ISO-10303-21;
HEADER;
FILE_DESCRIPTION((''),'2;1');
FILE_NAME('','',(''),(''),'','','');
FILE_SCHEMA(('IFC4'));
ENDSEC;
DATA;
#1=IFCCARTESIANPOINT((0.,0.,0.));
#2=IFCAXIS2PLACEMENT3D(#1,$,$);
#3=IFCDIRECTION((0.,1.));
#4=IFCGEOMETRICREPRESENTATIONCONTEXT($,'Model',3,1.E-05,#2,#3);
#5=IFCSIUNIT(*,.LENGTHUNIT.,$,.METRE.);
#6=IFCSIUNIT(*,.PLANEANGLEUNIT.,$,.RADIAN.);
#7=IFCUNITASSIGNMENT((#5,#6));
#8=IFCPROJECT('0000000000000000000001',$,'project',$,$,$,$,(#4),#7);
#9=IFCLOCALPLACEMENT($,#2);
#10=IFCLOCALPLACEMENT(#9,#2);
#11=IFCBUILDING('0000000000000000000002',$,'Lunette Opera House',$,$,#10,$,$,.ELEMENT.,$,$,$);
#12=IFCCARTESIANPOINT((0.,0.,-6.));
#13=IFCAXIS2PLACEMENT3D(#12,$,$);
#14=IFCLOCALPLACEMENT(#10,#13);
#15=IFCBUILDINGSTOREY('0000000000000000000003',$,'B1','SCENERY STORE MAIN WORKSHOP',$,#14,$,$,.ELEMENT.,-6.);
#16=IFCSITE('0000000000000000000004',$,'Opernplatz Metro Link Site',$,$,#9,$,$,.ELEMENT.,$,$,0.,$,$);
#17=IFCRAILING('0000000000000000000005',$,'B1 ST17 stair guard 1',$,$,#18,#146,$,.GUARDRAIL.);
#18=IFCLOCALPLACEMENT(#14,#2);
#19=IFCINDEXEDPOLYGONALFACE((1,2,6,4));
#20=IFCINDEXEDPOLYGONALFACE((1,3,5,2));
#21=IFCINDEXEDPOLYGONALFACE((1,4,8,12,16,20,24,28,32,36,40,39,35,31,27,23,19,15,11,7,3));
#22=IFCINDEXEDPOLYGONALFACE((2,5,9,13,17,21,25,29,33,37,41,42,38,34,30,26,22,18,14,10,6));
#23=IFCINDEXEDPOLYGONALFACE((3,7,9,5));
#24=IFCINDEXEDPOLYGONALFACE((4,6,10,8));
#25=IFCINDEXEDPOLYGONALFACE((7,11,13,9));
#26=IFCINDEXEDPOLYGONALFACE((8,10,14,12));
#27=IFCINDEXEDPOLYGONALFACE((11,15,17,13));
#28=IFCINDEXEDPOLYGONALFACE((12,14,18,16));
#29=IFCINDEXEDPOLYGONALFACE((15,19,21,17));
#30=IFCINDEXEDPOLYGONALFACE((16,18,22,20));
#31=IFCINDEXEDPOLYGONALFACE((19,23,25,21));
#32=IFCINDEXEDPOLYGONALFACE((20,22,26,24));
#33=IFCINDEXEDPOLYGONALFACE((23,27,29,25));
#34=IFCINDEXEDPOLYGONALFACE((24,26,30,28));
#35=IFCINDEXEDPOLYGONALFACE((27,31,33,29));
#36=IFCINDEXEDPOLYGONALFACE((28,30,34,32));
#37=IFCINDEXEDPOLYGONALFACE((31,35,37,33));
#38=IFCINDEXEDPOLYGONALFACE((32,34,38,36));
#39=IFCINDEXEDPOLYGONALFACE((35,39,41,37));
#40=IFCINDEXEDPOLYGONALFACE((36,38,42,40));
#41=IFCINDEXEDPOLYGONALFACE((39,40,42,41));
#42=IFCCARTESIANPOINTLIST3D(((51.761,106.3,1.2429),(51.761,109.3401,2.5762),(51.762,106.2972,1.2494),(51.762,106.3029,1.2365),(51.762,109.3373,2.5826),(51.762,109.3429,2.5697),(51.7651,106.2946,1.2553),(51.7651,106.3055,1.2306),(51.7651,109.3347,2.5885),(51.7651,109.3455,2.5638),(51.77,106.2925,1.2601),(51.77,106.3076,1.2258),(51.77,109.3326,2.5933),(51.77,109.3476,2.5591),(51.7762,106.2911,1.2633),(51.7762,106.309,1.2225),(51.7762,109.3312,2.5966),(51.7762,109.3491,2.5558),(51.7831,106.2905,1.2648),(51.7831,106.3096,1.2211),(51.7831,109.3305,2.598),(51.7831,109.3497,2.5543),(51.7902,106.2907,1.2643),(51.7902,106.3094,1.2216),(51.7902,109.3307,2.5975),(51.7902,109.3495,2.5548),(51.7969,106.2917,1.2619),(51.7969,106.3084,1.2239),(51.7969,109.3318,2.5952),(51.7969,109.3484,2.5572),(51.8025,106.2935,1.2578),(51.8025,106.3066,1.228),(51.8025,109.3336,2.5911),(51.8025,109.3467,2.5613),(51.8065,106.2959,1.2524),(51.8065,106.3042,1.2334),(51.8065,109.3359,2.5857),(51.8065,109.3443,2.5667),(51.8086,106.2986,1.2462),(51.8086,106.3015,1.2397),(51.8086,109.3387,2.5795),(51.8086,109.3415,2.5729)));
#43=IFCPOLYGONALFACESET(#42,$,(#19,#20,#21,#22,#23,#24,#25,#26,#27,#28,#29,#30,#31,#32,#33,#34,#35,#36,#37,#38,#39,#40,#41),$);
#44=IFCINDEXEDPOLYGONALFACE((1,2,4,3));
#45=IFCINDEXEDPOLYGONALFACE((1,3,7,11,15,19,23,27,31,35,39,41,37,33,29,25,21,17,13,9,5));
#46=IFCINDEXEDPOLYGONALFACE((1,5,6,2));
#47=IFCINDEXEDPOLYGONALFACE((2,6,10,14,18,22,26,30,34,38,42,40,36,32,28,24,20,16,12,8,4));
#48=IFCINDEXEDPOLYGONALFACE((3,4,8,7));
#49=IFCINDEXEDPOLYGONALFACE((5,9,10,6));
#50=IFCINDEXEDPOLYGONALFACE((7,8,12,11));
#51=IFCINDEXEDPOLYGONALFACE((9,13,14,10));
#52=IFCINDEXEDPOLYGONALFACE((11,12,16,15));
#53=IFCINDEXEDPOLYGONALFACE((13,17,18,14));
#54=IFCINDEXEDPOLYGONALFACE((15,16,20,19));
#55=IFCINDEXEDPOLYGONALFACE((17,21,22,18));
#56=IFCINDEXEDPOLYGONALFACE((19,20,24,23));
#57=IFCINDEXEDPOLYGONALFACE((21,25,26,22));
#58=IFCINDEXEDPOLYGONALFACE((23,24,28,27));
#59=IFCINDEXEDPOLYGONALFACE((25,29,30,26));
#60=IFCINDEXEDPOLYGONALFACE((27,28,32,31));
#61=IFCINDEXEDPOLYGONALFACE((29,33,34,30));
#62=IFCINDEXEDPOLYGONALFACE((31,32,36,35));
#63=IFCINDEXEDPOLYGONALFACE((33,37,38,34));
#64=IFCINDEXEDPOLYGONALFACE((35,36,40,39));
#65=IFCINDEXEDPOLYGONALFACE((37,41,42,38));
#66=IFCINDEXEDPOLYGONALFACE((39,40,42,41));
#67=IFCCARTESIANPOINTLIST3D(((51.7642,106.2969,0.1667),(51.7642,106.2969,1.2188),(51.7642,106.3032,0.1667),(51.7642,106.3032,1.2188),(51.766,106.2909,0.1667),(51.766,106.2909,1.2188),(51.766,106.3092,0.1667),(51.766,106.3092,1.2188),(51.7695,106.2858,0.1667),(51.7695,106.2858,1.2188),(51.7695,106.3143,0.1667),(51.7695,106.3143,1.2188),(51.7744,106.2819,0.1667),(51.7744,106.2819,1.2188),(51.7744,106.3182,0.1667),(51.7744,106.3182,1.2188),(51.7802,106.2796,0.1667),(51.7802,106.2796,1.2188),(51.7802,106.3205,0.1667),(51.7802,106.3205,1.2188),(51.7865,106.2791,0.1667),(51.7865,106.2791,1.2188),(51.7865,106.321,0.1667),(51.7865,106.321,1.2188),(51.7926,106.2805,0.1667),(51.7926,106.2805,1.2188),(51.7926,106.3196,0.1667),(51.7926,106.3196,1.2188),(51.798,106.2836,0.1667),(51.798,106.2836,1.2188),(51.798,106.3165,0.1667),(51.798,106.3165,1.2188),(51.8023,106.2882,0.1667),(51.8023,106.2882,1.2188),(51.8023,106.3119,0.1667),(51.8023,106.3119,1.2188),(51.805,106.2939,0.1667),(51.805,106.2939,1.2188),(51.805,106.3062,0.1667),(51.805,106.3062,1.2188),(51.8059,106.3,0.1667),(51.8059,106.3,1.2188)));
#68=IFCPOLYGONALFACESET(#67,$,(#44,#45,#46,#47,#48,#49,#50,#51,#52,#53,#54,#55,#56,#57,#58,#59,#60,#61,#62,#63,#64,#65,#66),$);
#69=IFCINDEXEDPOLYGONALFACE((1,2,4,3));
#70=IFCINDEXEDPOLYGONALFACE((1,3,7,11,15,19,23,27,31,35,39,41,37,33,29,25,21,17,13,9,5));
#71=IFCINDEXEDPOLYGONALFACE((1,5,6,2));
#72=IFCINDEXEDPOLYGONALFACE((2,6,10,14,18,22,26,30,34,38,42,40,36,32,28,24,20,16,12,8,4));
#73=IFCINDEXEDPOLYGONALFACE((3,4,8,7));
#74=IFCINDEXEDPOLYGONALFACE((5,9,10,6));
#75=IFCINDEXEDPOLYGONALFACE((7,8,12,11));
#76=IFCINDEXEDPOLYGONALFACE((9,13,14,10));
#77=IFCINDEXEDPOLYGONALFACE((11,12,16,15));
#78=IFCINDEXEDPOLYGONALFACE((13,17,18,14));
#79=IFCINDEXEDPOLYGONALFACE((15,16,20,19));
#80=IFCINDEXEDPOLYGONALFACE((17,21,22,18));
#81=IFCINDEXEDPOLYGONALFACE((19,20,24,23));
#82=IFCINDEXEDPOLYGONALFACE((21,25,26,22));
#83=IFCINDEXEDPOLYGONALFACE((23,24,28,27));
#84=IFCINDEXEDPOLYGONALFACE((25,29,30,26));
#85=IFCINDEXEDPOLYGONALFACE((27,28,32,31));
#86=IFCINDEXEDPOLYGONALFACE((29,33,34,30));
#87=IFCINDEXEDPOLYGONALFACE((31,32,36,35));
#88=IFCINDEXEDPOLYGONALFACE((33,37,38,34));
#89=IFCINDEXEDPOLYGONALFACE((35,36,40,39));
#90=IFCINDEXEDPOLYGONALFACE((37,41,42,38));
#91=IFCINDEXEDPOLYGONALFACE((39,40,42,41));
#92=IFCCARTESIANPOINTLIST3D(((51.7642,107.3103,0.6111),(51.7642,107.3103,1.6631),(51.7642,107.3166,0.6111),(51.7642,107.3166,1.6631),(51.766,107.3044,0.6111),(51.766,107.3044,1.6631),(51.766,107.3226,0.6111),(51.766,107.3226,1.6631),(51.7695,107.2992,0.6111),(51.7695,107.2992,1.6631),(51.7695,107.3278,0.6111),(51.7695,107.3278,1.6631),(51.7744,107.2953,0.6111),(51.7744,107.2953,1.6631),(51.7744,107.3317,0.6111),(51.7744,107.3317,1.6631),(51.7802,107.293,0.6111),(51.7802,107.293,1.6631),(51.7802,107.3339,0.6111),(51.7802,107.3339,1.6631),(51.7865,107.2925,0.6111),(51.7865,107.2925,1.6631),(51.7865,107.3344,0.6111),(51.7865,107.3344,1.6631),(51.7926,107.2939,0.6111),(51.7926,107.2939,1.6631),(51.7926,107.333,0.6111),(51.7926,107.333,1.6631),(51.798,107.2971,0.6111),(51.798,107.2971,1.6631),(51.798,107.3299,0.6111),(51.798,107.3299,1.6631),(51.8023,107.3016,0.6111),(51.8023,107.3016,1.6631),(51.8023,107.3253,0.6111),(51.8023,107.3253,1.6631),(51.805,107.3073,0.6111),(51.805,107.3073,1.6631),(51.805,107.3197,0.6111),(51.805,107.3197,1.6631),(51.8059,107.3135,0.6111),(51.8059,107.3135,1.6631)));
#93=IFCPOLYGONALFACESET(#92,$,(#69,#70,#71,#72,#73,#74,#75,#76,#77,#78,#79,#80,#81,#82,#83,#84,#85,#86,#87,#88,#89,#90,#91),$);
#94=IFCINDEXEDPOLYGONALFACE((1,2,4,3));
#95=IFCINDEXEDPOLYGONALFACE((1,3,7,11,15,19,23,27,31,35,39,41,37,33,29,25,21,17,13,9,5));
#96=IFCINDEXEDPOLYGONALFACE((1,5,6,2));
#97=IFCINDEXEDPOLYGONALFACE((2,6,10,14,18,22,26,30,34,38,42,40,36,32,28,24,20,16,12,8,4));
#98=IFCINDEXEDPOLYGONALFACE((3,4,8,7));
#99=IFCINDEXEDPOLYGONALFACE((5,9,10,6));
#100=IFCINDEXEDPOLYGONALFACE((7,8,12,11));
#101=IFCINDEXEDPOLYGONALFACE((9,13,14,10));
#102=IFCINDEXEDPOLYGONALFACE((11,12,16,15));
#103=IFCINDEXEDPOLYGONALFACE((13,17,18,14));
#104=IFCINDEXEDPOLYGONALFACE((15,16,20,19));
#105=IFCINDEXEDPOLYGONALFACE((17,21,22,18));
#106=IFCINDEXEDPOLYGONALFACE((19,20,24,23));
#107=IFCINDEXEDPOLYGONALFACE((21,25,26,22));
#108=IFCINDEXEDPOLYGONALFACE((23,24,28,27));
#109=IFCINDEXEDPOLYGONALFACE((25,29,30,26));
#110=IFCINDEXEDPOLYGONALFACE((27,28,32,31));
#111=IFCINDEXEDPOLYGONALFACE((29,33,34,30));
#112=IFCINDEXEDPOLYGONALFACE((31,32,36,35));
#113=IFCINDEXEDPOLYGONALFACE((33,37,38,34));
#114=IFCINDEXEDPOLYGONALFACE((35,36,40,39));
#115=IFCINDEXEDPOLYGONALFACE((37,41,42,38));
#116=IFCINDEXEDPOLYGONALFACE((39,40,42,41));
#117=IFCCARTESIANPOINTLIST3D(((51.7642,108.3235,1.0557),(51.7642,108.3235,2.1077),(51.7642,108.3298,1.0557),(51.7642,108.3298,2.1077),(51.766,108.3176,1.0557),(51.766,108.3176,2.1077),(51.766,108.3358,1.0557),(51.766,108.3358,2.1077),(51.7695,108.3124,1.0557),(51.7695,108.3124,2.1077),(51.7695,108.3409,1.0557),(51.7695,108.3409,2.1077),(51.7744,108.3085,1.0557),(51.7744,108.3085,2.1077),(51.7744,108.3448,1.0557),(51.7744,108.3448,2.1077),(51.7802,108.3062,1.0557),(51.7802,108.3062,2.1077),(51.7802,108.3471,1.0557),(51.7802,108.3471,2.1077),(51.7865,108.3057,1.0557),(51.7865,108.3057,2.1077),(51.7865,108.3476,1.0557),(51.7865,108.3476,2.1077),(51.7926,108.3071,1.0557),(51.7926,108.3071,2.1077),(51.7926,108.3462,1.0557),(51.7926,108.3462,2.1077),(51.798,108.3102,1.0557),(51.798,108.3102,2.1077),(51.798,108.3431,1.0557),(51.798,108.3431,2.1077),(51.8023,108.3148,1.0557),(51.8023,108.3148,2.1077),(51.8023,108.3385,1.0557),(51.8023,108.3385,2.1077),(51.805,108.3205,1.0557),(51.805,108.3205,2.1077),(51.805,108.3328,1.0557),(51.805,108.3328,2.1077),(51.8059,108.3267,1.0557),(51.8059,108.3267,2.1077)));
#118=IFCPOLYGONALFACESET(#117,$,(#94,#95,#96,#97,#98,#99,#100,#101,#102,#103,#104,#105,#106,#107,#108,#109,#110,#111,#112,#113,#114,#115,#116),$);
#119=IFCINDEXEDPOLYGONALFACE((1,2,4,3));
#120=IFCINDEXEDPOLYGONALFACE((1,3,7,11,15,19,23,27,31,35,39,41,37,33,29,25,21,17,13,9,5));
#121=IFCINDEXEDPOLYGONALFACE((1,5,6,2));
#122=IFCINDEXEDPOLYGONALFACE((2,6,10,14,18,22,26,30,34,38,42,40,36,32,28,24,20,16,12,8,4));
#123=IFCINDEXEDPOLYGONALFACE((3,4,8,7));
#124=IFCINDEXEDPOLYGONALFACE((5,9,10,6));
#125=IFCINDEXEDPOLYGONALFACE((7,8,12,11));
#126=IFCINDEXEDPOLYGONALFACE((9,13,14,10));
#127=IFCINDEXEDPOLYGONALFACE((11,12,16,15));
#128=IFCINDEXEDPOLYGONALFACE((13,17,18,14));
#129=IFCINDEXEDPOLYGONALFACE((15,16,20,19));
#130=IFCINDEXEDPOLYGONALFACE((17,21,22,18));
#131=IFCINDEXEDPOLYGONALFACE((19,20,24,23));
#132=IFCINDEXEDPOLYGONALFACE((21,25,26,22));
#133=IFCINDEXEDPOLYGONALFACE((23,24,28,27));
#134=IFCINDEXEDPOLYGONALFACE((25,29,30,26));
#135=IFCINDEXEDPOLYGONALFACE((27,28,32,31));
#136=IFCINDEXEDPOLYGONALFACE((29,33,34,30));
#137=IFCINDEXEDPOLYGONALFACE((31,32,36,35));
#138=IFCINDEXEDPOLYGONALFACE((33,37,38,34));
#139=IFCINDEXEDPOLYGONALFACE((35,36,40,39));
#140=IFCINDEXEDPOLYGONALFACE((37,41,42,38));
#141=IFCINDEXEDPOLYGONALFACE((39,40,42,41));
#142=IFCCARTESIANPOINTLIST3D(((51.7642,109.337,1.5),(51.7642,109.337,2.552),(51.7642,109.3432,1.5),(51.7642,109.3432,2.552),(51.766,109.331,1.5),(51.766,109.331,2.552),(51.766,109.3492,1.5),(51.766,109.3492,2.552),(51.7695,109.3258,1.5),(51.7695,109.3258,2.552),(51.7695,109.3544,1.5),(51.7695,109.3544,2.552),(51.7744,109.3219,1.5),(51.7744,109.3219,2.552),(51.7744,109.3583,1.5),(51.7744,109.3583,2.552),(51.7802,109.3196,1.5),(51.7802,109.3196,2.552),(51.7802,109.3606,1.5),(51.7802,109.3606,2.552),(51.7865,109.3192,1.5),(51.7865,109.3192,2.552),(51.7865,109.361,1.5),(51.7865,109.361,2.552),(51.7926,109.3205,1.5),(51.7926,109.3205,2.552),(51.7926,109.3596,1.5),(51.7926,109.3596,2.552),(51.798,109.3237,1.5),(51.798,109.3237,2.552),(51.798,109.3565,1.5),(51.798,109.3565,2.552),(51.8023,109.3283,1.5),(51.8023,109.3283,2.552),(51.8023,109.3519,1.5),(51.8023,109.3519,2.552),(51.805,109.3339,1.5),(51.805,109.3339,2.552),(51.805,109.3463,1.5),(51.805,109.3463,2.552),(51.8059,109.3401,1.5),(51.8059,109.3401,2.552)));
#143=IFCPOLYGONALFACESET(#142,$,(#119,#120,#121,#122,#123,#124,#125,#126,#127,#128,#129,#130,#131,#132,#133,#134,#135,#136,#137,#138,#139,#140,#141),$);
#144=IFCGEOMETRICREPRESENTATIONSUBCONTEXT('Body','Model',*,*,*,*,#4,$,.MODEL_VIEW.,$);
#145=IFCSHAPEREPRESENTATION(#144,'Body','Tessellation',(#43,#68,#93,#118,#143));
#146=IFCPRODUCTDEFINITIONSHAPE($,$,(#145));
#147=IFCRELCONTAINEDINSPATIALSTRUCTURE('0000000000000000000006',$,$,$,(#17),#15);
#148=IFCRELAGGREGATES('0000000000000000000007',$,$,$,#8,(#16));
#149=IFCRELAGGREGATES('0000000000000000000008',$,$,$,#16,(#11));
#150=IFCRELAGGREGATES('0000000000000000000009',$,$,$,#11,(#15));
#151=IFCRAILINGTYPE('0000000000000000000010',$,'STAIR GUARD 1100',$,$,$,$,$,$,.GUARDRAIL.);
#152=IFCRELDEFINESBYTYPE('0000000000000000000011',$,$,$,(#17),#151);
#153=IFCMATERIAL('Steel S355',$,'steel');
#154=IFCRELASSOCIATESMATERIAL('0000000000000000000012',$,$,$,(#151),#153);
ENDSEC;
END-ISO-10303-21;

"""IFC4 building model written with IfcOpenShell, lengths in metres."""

from ifc_helpers import new_model, si_unit, direction, frame, origin, origin_2d, place, context, subcontext, project, spatial, circle, extrude, material, type_object, element, save


model = new_model("IFC4")

# Units and contexts
model_context = context("Model", 3, precision=1e-05, world=origin(), true_north=direction((0.0, 1.0)))
body_context = subcontext(model_context, "Body", "Model", "MODEL_VIEW")
ifc_project = project(units=[si_unit("LENGTHUNIT", "METRE"), si_unit("PLANEANGLEUNIT", "RADIAN")], contexts=[model_context])

# Site, building, storey
site_placement = place(None, origin())
site = spatial("IfcSite", under=ifc_project, at=site_placement, Name="Opernplatz Metro Link Site", CompositionType="ELEMENT", RefElevation=0.0)
building_placement = place(site_placement, origin())
building = spatial("IfcBuilding", under=site, at=building_placement, Name="Lunette Opera House", CompositionType="ELEMENT")
storey_placement = place(building_placement, frame((0.0, 0.0, -6.0)))
storey = spatial("IfcBuildingStorey", under=building, at=storey_placement, Name="B1", Description="SCENERY STORE MAIN WORKSHOP", CompositionType="ELEMENT", Elevation=-6.0)

# Railing
ifc_material_1 = material(Name="Steel S355", Category="steel")
railing_type_1 = type_object("IfcRailingType", Name="STAIR GUARD 1100", PredefinedType="GUARDRAIL", material=ifc_material_1)
railing_1_placement = place(storey_placement, frame((51.7849, 106.3, 0.1667)))
element("IfcRailing", 1, at=railing_1_placement, inside=storey, type_object=railing_type_1, Name="B1 ST17 stair guard 1", PredefinedType="GUARDRAIL", context=body_context, shape_type="SweptSolid", body=[
    extrude(circle(Radius=0.0239, at=origin_2d()), frame((0.0, 0.0, 1.0762), z_axis=(0.0, 0.915799, 0.401637), x_axis=(-1.0, 0.0, 0.0)), (0.0, 0.0, 1.0), 3.3196),
    extrude(circle(Radius=0.021, at=origin_2d()), origin(), (0.0, 0.0, 1.0), 1.052),
    extrude(circle(Radius=0.021, at=origin_2d()), frame((0.0, 1.0134, 0.4443)), (0.0, 0.0, 1.0), 1.052),
    extrude(circle(Radius=0.021, at=origin_2d()), frame((0.0, 2.0266, 0.8889)), (0.0, 0.0, 1.0), 1.052),
    extrude(circle(Radius=0.021, at=origin_2d()), frame((0.0, 3.04, 1.3333)), (0.0, 0.0, 1.0), 1.052),
])

save(model, "model.ifc")
